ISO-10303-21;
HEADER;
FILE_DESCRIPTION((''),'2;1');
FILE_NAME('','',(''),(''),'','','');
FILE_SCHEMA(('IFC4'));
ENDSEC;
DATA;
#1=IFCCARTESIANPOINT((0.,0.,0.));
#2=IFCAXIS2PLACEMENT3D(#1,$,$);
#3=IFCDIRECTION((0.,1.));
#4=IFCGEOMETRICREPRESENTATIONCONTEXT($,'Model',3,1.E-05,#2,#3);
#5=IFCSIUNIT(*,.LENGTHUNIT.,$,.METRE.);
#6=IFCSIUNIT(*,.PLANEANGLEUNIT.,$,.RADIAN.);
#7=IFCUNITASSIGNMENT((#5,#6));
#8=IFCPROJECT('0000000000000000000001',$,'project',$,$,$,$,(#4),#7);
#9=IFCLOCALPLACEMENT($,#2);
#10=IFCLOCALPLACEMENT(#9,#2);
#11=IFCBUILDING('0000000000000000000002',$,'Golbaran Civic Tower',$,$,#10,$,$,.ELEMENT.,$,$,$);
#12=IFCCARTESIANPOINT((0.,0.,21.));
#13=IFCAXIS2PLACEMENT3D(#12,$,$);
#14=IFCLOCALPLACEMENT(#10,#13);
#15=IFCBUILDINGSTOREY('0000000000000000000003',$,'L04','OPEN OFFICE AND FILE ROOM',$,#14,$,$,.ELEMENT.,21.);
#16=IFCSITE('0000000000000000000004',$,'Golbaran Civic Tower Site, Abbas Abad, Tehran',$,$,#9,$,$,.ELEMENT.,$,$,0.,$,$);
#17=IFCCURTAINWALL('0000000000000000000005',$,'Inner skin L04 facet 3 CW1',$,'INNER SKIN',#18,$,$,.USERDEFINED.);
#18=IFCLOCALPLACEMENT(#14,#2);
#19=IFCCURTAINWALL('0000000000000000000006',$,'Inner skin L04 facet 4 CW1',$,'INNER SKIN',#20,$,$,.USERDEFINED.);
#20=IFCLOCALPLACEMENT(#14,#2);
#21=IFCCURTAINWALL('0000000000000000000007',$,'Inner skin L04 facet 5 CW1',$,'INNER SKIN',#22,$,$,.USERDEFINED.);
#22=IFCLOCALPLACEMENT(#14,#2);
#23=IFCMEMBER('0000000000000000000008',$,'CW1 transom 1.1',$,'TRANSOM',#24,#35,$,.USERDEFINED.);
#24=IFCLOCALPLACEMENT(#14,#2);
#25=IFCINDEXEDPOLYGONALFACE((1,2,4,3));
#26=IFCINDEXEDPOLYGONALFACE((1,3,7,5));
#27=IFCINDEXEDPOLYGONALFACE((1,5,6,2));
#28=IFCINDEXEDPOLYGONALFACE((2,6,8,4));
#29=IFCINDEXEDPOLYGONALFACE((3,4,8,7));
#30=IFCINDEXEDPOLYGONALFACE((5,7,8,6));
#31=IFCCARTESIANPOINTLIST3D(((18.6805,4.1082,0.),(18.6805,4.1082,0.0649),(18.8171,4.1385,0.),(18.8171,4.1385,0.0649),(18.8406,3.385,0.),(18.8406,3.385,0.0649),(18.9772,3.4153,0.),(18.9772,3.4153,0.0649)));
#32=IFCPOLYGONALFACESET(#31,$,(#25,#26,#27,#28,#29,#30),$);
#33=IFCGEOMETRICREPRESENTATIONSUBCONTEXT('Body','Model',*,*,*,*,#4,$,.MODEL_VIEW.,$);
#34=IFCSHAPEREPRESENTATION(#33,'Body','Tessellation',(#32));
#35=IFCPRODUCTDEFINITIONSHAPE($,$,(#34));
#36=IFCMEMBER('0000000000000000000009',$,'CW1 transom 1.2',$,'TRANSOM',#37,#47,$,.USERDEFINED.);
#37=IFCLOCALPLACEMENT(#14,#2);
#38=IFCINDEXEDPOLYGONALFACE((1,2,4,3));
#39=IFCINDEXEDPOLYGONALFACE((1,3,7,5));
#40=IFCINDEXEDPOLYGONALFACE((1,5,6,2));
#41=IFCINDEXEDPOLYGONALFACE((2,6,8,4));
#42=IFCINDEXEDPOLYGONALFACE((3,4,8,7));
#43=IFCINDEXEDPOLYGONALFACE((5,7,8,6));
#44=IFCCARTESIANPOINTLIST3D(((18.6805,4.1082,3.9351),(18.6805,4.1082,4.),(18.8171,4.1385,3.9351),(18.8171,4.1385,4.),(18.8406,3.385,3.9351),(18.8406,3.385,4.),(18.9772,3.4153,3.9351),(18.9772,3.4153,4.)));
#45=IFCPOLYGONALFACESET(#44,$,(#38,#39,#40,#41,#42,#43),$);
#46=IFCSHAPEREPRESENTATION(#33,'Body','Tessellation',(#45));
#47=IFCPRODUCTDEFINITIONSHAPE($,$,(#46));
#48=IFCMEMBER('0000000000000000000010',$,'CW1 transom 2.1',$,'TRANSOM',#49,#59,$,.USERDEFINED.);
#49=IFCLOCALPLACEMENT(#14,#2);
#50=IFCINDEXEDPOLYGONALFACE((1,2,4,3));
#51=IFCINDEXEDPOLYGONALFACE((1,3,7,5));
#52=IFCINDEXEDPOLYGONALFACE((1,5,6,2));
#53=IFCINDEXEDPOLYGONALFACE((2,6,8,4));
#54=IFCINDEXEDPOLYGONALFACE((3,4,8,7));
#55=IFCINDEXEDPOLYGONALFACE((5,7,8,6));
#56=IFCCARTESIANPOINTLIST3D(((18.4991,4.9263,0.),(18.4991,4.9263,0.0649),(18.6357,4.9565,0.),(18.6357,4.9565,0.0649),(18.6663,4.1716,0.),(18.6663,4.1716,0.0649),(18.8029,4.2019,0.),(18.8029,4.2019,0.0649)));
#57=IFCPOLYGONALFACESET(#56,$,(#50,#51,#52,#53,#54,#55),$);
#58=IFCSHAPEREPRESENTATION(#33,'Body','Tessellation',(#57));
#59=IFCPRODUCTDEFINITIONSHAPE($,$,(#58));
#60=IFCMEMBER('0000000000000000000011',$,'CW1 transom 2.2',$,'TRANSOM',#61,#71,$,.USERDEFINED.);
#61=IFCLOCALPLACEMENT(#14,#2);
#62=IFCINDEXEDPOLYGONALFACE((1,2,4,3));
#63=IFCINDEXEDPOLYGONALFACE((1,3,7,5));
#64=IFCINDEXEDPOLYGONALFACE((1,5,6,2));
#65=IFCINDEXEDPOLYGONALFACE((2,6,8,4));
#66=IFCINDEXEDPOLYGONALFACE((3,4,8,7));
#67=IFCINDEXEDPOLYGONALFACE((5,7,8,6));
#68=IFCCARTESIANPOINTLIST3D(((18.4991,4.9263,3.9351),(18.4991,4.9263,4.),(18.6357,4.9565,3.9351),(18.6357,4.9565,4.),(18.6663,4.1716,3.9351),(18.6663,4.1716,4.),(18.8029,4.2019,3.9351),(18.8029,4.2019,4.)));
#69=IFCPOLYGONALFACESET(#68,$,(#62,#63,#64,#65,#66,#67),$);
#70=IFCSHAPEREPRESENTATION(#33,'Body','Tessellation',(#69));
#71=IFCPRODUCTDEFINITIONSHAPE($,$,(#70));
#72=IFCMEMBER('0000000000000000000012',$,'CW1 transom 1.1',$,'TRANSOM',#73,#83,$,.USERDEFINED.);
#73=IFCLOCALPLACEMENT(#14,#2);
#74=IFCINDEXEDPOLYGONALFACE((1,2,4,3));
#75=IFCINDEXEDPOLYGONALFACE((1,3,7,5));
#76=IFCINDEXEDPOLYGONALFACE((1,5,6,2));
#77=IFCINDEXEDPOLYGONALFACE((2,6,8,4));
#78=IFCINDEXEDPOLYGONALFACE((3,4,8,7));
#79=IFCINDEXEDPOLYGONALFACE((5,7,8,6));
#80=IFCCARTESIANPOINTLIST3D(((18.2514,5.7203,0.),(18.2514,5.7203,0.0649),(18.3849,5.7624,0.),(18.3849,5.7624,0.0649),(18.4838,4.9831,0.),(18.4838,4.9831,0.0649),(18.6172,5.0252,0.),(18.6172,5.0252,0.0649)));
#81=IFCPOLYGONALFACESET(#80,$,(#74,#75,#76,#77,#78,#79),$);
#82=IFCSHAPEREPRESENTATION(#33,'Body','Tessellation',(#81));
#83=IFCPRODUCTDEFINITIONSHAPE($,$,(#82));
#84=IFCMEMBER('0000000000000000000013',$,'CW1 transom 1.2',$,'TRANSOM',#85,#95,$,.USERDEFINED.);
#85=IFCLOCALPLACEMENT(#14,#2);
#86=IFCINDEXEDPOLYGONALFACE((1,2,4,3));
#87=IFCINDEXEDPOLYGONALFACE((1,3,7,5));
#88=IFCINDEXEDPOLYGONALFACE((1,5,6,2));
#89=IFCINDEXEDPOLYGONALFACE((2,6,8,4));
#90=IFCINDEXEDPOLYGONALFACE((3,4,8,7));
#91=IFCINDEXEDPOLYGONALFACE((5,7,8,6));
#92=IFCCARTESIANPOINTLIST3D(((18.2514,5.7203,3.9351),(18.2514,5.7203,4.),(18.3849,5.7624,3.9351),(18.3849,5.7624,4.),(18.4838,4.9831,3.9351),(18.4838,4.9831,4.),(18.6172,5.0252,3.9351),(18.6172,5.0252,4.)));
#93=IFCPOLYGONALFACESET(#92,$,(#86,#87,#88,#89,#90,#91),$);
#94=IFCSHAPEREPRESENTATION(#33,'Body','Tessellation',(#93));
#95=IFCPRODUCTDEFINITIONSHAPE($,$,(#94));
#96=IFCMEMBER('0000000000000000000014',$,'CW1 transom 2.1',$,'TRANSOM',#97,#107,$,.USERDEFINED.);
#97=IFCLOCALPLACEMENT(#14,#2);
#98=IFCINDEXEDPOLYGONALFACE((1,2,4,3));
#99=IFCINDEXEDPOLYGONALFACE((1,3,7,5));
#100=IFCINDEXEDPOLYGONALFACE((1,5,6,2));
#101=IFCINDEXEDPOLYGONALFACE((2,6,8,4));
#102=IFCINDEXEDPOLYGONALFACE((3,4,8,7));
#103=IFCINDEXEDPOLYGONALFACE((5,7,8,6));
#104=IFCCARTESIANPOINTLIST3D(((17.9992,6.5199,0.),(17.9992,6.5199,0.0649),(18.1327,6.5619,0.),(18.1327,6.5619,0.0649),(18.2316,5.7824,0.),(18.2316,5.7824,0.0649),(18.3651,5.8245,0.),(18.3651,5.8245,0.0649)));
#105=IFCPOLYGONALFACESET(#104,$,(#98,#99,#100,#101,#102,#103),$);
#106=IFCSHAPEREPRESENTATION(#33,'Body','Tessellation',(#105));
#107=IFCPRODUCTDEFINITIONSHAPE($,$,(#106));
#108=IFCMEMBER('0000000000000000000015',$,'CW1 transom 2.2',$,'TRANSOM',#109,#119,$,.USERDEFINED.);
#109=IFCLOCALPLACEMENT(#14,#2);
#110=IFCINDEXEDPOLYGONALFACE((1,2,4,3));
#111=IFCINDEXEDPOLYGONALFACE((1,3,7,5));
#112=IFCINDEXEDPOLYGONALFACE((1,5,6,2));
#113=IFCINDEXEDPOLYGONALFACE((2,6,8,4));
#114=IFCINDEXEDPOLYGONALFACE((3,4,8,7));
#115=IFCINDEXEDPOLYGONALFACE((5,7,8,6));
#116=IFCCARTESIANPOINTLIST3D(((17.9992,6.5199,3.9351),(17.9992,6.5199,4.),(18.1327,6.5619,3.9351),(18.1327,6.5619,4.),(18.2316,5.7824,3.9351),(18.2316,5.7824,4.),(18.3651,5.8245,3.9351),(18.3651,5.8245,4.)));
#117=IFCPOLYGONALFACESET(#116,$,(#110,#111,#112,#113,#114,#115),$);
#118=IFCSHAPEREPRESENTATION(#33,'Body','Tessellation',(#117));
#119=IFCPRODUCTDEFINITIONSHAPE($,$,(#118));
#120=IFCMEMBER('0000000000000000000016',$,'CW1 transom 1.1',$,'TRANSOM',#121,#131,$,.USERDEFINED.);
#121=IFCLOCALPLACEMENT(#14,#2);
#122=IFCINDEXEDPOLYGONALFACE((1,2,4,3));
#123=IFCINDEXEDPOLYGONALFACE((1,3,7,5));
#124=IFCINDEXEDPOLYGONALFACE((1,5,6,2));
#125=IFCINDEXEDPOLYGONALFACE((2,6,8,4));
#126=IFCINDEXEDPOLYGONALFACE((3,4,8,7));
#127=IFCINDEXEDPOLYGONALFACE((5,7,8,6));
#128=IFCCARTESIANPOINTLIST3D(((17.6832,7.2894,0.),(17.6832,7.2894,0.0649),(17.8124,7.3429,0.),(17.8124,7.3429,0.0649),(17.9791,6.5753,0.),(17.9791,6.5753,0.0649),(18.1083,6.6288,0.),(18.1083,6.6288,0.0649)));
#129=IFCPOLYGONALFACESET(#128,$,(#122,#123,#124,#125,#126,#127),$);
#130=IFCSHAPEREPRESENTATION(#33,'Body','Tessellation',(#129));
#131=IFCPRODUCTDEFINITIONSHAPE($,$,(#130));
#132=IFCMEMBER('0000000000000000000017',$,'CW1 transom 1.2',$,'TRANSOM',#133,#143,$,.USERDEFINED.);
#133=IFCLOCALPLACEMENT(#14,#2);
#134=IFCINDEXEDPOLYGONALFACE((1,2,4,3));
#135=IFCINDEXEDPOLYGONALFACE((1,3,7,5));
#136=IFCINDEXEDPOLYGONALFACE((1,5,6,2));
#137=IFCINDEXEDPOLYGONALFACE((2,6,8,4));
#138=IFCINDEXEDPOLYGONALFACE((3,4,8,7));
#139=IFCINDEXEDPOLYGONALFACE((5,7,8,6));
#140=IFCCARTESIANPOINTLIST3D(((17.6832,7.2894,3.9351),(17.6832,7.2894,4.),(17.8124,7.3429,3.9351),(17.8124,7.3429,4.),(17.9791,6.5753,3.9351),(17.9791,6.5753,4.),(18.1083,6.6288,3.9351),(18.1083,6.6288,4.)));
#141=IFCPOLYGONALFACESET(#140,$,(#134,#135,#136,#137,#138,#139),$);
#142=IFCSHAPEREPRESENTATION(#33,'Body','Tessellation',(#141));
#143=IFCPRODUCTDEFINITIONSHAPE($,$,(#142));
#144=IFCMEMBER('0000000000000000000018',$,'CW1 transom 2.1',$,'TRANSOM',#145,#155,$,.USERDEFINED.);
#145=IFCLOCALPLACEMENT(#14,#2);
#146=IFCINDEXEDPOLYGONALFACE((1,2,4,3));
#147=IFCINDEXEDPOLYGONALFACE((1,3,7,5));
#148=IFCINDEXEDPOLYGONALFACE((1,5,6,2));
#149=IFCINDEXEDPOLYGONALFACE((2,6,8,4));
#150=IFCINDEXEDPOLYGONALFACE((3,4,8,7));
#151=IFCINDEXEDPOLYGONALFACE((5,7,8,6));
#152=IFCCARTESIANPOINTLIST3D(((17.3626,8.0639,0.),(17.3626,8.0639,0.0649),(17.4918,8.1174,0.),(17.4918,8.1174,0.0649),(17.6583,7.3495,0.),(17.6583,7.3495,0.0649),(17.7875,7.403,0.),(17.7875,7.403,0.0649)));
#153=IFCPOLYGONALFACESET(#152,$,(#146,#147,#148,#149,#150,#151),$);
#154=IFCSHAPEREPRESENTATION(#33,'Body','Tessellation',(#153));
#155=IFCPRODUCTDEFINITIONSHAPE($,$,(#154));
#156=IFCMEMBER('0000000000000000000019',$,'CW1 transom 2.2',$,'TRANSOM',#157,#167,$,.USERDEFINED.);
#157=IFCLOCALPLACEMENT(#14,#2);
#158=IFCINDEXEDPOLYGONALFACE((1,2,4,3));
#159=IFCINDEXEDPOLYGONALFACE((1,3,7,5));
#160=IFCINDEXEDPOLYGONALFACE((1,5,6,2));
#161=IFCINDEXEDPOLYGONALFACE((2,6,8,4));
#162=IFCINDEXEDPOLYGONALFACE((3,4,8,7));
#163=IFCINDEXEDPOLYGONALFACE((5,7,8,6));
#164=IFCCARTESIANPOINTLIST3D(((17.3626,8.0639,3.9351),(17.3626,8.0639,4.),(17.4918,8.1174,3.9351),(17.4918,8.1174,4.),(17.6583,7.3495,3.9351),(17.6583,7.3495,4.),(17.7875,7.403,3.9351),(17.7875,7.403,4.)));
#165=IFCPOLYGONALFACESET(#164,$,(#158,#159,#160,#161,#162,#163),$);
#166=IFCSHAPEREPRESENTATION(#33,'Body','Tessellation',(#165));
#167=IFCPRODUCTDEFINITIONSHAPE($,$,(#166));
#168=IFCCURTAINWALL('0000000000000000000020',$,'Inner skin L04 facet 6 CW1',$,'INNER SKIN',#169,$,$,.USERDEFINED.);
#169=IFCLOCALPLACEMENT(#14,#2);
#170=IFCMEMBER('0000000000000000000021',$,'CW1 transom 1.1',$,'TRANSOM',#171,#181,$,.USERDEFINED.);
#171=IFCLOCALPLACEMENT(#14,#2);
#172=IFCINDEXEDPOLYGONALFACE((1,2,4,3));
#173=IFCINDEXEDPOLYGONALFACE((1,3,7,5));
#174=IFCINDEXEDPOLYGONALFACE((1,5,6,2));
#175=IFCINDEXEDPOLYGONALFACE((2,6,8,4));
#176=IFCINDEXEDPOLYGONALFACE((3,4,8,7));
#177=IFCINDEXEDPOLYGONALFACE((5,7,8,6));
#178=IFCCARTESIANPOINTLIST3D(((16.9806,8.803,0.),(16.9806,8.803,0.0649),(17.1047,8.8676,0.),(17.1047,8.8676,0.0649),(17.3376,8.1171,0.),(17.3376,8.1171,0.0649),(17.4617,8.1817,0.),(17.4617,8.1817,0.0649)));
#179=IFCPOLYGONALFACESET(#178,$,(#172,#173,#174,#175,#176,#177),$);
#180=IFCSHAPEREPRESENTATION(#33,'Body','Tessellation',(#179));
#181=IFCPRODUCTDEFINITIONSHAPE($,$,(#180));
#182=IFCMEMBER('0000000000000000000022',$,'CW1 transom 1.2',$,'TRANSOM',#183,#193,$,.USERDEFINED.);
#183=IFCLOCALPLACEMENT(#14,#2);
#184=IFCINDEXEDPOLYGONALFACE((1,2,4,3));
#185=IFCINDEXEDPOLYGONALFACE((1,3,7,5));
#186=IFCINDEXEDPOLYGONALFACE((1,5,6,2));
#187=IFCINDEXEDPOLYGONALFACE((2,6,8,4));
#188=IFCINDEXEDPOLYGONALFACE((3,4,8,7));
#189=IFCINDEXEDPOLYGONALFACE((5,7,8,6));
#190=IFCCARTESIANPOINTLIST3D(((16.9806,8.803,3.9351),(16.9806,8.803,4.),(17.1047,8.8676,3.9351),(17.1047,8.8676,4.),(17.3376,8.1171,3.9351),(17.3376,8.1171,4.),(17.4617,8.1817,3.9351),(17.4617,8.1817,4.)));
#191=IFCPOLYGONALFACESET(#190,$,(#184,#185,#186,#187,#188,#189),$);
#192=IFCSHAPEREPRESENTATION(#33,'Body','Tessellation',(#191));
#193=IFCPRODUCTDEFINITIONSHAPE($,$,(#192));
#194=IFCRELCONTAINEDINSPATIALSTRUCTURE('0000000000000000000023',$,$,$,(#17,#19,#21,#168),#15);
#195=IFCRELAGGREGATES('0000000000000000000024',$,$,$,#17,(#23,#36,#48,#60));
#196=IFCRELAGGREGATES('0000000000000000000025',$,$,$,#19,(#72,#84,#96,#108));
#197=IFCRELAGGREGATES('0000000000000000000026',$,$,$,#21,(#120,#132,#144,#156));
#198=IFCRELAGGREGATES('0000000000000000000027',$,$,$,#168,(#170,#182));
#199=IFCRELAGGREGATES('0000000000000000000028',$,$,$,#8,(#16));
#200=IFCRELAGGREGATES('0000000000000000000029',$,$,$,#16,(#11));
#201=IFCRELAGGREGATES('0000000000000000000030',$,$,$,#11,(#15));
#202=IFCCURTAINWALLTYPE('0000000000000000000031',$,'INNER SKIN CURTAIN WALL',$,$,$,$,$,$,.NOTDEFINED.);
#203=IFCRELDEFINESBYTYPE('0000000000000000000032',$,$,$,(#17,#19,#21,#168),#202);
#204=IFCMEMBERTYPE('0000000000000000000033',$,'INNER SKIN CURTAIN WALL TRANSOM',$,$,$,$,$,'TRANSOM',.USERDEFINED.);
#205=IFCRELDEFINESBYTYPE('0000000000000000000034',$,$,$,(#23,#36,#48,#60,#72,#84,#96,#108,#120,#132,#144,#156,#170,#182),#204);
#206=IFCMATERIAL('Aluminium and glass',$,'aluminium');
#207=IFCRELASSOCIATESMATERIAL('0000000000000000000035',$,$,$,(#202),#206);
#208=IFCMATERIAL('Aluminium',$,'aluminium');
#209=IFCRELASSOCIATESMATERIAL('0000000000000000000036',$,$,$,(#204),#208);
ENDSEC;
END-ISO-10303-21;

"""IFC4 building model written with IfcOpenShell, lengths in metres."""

from ifc_helpers import new_model, si_unit, direction, frame, origin, origin_2d, place, context, subcontext, project, spatial, rectangle, extrude, material, material_profile, profile_set, type_object, element, aggregate, save


model = new_model("IFC4")

# Units and contexts
model_context = context("Model", 3, precision=1e-05, world=origin(), true_north=direction((0.0, 1.0)))
body_context = subcontext(model_context, "Body", "Model", "MODEL_VIEW")
ifc_project = project(units=[si_unit("LENGTHUNIT", "METRE"), si_unit("PLANEANGLEUNIT", "RADIAN")], contexts=[model_context])

# Site, building, storey
site_placement = place(None, origin())
site = spatial("IfcSite", under=ifc_project, at=site_placement, Name="Golbaran Civic Tower Site, Abbas Abad, Tehran", CompositionType="ELEMENT", RefElevation=0.0)
building_placement = place(site_placement, origin())
building = spatial("IfcBuilding", under=site, at=building_placement, Name="Golbaran Civic Tower", CompositionType="ELEMENT")
storey_placement = place(building_placement, frame((0.0, 0.0, 21.0)))
storey = spatial("IfcBuildingStorey", under=building, at=storey_placement, Name="L04", Description="OPEN OFFICE AND FILE ROOM", CompositionType="ELEMENT", Elevation=21.0)

# Curtain walls
ifc_material_1 = material(Name="Aluminium and glass", Category="aluminium")
curtain_wall_type = type_object("IfcCurtainWallType", Name="INNER SKIN CURTAIN WALL", PredefinedType="NOTDEFINED", material=ifc_material_1)
ifc_material_2 = material(Name="Aluminium", Category="aluminium")
curtain_wall_1_placement = place(storey_placement, origin())
curtain_wall_1 = element("IfcCurtainWall", 1, at=curtain_wall_1_placement, inside=storey, type_object=curtain_wall_type, Name="Inner skin L04 facet 3 CW1", ObjectType="INNER SKIN", PredefinedType="USERDEFINED")
curtain_wall_2_placement = place(storey_placement, origin())
curtain_wall_2 = element("IfcCurtainWall", 2, at=curtain_wall_2_placement, inside=storey, type_object=curtain_wall_type, Name="Inner skin L04 facet 4 CW1", ObjectType="INNER SKIN", PredefinedType="USERDEFINED")
curtain_wall_3_placement = place(storey_placement, origin())
curtain_wall_3 = element("IfcCurtainWall", 3, at=curtain_wall_3_placement, inside=storey, type_object=curtain_wall_type, Name="Inner skin L04 facet 5 CW1", ObjectType="INNER SKIN", PredefinedType="USERDEFINED")

# Members
ifc_material_profile_1 = material_profile(ifc_material_2, rectangle(XDim=0.1399, YDim=0.0649, at=origin_2d()), Name="INNER SKIN CURTAIN WALL TRANSOM")
ifc_profile_set_1 = profile_set([ifc_material_profile_1], Name="Aluminium")
member_type_1 = type_object("IfcMemberType", Name="INNER SKIN CURTAIN WALL TRANSOM", ElementType="TRANSOM", PredefinedType="USERDEFINED", material=ifc_profile_set_1)
member_1_placement = place(storey_placement, frame((18.9089, 3.4001, 0.0325), z_axis=(-0.216232, 0.976342, 0.0), x_axis=(-0.976342, -0.216232, 0.0)))
member_1 = element("IfcMember", 4, at=member_1_placement, type_object=member_type_1, Name="CW1 transom 1.1", ObjectType="TRANSOM", PredefinedType="USERDEFINED", context=body_context, shape_type="SweptSolid", body=[
    extrude(rectangle(XDim=0.1399, YDim=0.0649, at=origin_2d()), origin(), (0.0, 0.0, 1.0), 0.7407),
])
member_2_placement = place(storey_placement, frame((18.9089, 3.4001, 3.9675), z_axis=(-0.216232, 0.976342, 0.0), x_axis=(-0.976342, -0.216232, 0.0)))
member_2 = element("IfcMember", 5, at=member_2_placement, type_object=member_type_1, Name="CW1 transom 1.2", ObjectType="TRANSOM", PredefinedType="USERDEFINED", context=body_context, shape_type="SweptSolid", body=[
    extrude(rectangle(XDim=0.1399, YDim=0.0649, at=origin_2d()), origin(), (0.0, 0.0, 1.0), 0.7407),
])
member_3_placement = place(storey_placement, frame((18.7346, 4.1868, 0.0325), z_axis=(-0.216362, 0.976313, 0.0), x_axis=(-0.976313, -0.216362, 0.0)))
member_3 = element("IfcMember", 6, at=member_3_placement, type_object=member_type_1, Name="CW1 transom 2.1", ObjectType="TRANSOM", PredefinedType="USERDEFINED", context=body_context, shape_type="SweptSolid", body=[
    extrude(rectangle(XDim=0.1399, YDim=0.0649, at=origin_2d()), origin(), (0.0, 0.0, 1.0), 0.7729),
])
member_4_placement = place(storey_placement, frame((18.7346, 4.1868, 3.9675), z_axis=(-0.216362, 0.976313, 0.0), x_axis=(-0.976313, -0.216362, 0.0)))
member_4 = element("IfcMember", 7, at=member_4_placement, type_object=member_type_1, Name="CW1 transom 2.2", ObjectType="TRANSOM", PredefinedType="USERDEFINED", context=body_context, shape_type="SweptSolid", body=[
    extrude(rectangle(XDim=0.1399, YDim=0.0649, at=origin_2d()), origin(), (0.0, 0.0, 1.0), 0.7729),
])
member_5_placement = place(storey_placement, frame((18.5505, 5.0042, 0.0325), z_axis=(-0.300648, 0.953735, 0.0), x_axis=(-0.953735, -0.300648, 0.0)))
member_5 = element("IfcMember", 8, at=member_5_placement, type_object=member_type_1, Name="CW1 transom 1.1", ObjectType="TRANSOM", PredefinedType="USERDEFINED", context=body_context, shape_type="SweptSolid", body=[
    extrude(rectangle(XDim=0.1399, YDim=0.0649, at=origin_2d()), origin(), (0.0, 0.0, 1.0), 0.7729),
])
member_6_placement = place(storey_placement, frame((18.5505, 5.0042, 3.9675), z_axis=(-0.300648, 0.953735, 0.0), x_axis=(-0.953735, -0.300648, 0.0)))
member_6 = element("IfcMember", 9, at=member_6_placement, type_object=member_type_1, Name="CW1 transom 1.2", ObjectType="TRANSOM", PredefinedType="USERDEFINED", context=body_context, shape_type="SweptSolid", body=[
    extrude(rectangle(XDim=0.1399, YDim=0.0649, at=origin_2d()), origin(), (0.0, 0.0, 1.0), 0.7729),
])
member_7_placement = place(storey_placement, frame((18.2983, 5.8035, 0.0325), z_axis=(-0.300557, 0.953764, 0.0), x_axis=(-0.953764, -0.300557, 0.0)))
member_7 = element("IfcMember", 10, at=member_7_placement, type_object=member_type_1, Name="CW1 transom 2.1", ObjectType="TRANSOM", PredefinedType="USERDEFINED", context=body_context, shape_type="SweptSolid", body=[
    extrude(rectangle(XDim=0.1399, YDim=0.0649, at=origin_2d()), origin(), (0.0, 0.0, 1.0), 0.7732),
])
member_8_placement = place(storey_placement, frame((18.2983, 5.8035, 3.9675), z_axis=(-0.300557, 0.953764, 0.0), x_axis=(-0.953764, -0.300557, 0.0)))
member_8 = element("IfcMember", 11, at=member_8_placement, type_object=member_type_1, Name="CW1 transom 2.2", ObjectType="TRANSOM", PredefinedType="USERDEFINED", context=body_context, shape_type="SweptSolid", body=[
    extrude(rectangle(XDim=0.1399, YDim=0.0649, at=origin_2d()), origin(), (0.0, 0.0, 1.0), 0.7732),
])
member_9_placement = place(storey_placement, frame((18.0437, 6.6021, 0.0325), z_axis=(-0.382798, 0.923832, 0.0), x_axis=(-0.923832, -0.382798, 0.0)))
member_9 = element("IfcMember", 12, at=member_9_placement, type_object=member_type_1, Name="CW1 transom 1.1", ObjectType="TRANSOM", PredefinedType="USERDEFINED", context=body_context, shape_type="SweptSolid", body=[
    extrude(rectangle(XDim=0.1399, YDim=0.0649, at=origin_2d()), origin(), (0.0, 0.0, 1.0), 0.7729),
])
member_10_placement = place(storey_placement, frame((18.0437, 6.6021, 3.9675), z_axis=(-0.382798, 0.923832, 0.0), x_axis=(-0.923832, -0.382798, 0.0)))
member_10 = element("IfcMember", 13, at=member_10_placement, type_object=member_type_1, Name="CW1 transom 1.2", ObjectType="TRANSOM", PredefinedType="USERDEFINED", context=body_context, shape_type="SweptSolid", body=[
    extrude(rectangle(XDim=0.1399, YDim=0.0649, at=origin_2d()), origin(), (0.0, 0.0, 1.0), 0.7729),
])
member_11_placement = place(storey_placement, frame((17.7229, 7.3762, 0.0325), z_axis=(-0.382417, 0.92399, 0.0), x_axis=(-0.92399, -0.382417, 0.0)))
member_11 = element("IfcMember", 14, at=member_11_placement, type_object=member_type_1, Name="CW1 transom 2.1", ObjectType="TRANSOM", PredefinedType="USERDEFINED", context=body_context, shape_type="SweptSolid", body=[
    extrude(rectangle(XDim=0.1399, YDim=0.0649, at=origin_2d()), origin(), (0.0, 0.0, 1.0), 0.7732),
])
member_12_placement = place(storey_placement, frame((17.7229, 7.3762, 3.9675), z_axis=(-0.382417, 0.92399, 0.0), x_axis=(-0.92399, -0.382417, 0.0)))
member_12 = element("IfcMember", 15, at=member_12_placement, type_object=member_type_1, Name="CW1 transom 2.2", ObjectType="TRANSOM", PredefinedType="USERDEFINED", context=body_context, shape_type="SweptSolid", body=[
    extrude(rectangle(XDim=0.1399, YDim=0.0649, at=origin_2d()), origin(), (0.0, 0.0, 1.0), 0.7732),
])

# Curtain wall, members
curtain_wall_4_placement = place(storey_placement, origin())
curtain_wall_4 = element("IfcCurtainWall", 16, at=curtain_wall_4_placement, inside=storey, type_object=curtain_wall_type, Name="Inner skin L04 facet 6 CW1", ObjectType="INNER SKIN", PredefinedType="USERDEFINED")
member_13_placement = place(storey_placement, frame((17.3997, 8.1494, 0.0325), z_axis=(-0.461681, 0.887046, 0.0), x_axis=(-0.887046, -0.461681, 0.0)))
member_13 = element("IfcMember", 17, at=member_13_placement, type_object=member_type_1, Name="CW1 transom 1.1", ObjectType="TRANSOM", PredefinedType="USERDEFINED", context=body_context, shape_type="SweptSolid", body=[
    extrude(rectangle(XDim=0.1399, YDim=0.0649, at=origin_2d()), origin(), (0.0, 0.0, 1.0), 0.7732),
])
member_14_placement = place(storey_placement, frame((17.3997, 8.1494, 3.9675), z_axis=(-0.461681, 0.887046, 0.0), x_axis=(-0.887046, -0.461681, 0.0)))
member_14 = element("IfcMember", 18, at=member_14_placement, type_object=member_type_1, Name="CW1 transom 1.2", ObjectType="TRANSOM", PredefinedType="USERDEFINED", context=body_context, shape_type="SweptSolid", body=[
    extrude(rectangle(XDim=0.1399, YDim=0.0649, at=origin_2d()), origin(), (0.0, 0.0, 1.0), 0.7732),
])

aggregate(curtain_wall_1, [member_1, member_2, member_3, member_4])
aggregate(curtain_wall_2, [member_5, member_6, member_7, member_8])
aggregate(curtain_wall_3, [member_9, member_10, member_11, member_12])
aggregate(curtain_wall_4, [member_13, member_14])

save(model, "model.ifc")
